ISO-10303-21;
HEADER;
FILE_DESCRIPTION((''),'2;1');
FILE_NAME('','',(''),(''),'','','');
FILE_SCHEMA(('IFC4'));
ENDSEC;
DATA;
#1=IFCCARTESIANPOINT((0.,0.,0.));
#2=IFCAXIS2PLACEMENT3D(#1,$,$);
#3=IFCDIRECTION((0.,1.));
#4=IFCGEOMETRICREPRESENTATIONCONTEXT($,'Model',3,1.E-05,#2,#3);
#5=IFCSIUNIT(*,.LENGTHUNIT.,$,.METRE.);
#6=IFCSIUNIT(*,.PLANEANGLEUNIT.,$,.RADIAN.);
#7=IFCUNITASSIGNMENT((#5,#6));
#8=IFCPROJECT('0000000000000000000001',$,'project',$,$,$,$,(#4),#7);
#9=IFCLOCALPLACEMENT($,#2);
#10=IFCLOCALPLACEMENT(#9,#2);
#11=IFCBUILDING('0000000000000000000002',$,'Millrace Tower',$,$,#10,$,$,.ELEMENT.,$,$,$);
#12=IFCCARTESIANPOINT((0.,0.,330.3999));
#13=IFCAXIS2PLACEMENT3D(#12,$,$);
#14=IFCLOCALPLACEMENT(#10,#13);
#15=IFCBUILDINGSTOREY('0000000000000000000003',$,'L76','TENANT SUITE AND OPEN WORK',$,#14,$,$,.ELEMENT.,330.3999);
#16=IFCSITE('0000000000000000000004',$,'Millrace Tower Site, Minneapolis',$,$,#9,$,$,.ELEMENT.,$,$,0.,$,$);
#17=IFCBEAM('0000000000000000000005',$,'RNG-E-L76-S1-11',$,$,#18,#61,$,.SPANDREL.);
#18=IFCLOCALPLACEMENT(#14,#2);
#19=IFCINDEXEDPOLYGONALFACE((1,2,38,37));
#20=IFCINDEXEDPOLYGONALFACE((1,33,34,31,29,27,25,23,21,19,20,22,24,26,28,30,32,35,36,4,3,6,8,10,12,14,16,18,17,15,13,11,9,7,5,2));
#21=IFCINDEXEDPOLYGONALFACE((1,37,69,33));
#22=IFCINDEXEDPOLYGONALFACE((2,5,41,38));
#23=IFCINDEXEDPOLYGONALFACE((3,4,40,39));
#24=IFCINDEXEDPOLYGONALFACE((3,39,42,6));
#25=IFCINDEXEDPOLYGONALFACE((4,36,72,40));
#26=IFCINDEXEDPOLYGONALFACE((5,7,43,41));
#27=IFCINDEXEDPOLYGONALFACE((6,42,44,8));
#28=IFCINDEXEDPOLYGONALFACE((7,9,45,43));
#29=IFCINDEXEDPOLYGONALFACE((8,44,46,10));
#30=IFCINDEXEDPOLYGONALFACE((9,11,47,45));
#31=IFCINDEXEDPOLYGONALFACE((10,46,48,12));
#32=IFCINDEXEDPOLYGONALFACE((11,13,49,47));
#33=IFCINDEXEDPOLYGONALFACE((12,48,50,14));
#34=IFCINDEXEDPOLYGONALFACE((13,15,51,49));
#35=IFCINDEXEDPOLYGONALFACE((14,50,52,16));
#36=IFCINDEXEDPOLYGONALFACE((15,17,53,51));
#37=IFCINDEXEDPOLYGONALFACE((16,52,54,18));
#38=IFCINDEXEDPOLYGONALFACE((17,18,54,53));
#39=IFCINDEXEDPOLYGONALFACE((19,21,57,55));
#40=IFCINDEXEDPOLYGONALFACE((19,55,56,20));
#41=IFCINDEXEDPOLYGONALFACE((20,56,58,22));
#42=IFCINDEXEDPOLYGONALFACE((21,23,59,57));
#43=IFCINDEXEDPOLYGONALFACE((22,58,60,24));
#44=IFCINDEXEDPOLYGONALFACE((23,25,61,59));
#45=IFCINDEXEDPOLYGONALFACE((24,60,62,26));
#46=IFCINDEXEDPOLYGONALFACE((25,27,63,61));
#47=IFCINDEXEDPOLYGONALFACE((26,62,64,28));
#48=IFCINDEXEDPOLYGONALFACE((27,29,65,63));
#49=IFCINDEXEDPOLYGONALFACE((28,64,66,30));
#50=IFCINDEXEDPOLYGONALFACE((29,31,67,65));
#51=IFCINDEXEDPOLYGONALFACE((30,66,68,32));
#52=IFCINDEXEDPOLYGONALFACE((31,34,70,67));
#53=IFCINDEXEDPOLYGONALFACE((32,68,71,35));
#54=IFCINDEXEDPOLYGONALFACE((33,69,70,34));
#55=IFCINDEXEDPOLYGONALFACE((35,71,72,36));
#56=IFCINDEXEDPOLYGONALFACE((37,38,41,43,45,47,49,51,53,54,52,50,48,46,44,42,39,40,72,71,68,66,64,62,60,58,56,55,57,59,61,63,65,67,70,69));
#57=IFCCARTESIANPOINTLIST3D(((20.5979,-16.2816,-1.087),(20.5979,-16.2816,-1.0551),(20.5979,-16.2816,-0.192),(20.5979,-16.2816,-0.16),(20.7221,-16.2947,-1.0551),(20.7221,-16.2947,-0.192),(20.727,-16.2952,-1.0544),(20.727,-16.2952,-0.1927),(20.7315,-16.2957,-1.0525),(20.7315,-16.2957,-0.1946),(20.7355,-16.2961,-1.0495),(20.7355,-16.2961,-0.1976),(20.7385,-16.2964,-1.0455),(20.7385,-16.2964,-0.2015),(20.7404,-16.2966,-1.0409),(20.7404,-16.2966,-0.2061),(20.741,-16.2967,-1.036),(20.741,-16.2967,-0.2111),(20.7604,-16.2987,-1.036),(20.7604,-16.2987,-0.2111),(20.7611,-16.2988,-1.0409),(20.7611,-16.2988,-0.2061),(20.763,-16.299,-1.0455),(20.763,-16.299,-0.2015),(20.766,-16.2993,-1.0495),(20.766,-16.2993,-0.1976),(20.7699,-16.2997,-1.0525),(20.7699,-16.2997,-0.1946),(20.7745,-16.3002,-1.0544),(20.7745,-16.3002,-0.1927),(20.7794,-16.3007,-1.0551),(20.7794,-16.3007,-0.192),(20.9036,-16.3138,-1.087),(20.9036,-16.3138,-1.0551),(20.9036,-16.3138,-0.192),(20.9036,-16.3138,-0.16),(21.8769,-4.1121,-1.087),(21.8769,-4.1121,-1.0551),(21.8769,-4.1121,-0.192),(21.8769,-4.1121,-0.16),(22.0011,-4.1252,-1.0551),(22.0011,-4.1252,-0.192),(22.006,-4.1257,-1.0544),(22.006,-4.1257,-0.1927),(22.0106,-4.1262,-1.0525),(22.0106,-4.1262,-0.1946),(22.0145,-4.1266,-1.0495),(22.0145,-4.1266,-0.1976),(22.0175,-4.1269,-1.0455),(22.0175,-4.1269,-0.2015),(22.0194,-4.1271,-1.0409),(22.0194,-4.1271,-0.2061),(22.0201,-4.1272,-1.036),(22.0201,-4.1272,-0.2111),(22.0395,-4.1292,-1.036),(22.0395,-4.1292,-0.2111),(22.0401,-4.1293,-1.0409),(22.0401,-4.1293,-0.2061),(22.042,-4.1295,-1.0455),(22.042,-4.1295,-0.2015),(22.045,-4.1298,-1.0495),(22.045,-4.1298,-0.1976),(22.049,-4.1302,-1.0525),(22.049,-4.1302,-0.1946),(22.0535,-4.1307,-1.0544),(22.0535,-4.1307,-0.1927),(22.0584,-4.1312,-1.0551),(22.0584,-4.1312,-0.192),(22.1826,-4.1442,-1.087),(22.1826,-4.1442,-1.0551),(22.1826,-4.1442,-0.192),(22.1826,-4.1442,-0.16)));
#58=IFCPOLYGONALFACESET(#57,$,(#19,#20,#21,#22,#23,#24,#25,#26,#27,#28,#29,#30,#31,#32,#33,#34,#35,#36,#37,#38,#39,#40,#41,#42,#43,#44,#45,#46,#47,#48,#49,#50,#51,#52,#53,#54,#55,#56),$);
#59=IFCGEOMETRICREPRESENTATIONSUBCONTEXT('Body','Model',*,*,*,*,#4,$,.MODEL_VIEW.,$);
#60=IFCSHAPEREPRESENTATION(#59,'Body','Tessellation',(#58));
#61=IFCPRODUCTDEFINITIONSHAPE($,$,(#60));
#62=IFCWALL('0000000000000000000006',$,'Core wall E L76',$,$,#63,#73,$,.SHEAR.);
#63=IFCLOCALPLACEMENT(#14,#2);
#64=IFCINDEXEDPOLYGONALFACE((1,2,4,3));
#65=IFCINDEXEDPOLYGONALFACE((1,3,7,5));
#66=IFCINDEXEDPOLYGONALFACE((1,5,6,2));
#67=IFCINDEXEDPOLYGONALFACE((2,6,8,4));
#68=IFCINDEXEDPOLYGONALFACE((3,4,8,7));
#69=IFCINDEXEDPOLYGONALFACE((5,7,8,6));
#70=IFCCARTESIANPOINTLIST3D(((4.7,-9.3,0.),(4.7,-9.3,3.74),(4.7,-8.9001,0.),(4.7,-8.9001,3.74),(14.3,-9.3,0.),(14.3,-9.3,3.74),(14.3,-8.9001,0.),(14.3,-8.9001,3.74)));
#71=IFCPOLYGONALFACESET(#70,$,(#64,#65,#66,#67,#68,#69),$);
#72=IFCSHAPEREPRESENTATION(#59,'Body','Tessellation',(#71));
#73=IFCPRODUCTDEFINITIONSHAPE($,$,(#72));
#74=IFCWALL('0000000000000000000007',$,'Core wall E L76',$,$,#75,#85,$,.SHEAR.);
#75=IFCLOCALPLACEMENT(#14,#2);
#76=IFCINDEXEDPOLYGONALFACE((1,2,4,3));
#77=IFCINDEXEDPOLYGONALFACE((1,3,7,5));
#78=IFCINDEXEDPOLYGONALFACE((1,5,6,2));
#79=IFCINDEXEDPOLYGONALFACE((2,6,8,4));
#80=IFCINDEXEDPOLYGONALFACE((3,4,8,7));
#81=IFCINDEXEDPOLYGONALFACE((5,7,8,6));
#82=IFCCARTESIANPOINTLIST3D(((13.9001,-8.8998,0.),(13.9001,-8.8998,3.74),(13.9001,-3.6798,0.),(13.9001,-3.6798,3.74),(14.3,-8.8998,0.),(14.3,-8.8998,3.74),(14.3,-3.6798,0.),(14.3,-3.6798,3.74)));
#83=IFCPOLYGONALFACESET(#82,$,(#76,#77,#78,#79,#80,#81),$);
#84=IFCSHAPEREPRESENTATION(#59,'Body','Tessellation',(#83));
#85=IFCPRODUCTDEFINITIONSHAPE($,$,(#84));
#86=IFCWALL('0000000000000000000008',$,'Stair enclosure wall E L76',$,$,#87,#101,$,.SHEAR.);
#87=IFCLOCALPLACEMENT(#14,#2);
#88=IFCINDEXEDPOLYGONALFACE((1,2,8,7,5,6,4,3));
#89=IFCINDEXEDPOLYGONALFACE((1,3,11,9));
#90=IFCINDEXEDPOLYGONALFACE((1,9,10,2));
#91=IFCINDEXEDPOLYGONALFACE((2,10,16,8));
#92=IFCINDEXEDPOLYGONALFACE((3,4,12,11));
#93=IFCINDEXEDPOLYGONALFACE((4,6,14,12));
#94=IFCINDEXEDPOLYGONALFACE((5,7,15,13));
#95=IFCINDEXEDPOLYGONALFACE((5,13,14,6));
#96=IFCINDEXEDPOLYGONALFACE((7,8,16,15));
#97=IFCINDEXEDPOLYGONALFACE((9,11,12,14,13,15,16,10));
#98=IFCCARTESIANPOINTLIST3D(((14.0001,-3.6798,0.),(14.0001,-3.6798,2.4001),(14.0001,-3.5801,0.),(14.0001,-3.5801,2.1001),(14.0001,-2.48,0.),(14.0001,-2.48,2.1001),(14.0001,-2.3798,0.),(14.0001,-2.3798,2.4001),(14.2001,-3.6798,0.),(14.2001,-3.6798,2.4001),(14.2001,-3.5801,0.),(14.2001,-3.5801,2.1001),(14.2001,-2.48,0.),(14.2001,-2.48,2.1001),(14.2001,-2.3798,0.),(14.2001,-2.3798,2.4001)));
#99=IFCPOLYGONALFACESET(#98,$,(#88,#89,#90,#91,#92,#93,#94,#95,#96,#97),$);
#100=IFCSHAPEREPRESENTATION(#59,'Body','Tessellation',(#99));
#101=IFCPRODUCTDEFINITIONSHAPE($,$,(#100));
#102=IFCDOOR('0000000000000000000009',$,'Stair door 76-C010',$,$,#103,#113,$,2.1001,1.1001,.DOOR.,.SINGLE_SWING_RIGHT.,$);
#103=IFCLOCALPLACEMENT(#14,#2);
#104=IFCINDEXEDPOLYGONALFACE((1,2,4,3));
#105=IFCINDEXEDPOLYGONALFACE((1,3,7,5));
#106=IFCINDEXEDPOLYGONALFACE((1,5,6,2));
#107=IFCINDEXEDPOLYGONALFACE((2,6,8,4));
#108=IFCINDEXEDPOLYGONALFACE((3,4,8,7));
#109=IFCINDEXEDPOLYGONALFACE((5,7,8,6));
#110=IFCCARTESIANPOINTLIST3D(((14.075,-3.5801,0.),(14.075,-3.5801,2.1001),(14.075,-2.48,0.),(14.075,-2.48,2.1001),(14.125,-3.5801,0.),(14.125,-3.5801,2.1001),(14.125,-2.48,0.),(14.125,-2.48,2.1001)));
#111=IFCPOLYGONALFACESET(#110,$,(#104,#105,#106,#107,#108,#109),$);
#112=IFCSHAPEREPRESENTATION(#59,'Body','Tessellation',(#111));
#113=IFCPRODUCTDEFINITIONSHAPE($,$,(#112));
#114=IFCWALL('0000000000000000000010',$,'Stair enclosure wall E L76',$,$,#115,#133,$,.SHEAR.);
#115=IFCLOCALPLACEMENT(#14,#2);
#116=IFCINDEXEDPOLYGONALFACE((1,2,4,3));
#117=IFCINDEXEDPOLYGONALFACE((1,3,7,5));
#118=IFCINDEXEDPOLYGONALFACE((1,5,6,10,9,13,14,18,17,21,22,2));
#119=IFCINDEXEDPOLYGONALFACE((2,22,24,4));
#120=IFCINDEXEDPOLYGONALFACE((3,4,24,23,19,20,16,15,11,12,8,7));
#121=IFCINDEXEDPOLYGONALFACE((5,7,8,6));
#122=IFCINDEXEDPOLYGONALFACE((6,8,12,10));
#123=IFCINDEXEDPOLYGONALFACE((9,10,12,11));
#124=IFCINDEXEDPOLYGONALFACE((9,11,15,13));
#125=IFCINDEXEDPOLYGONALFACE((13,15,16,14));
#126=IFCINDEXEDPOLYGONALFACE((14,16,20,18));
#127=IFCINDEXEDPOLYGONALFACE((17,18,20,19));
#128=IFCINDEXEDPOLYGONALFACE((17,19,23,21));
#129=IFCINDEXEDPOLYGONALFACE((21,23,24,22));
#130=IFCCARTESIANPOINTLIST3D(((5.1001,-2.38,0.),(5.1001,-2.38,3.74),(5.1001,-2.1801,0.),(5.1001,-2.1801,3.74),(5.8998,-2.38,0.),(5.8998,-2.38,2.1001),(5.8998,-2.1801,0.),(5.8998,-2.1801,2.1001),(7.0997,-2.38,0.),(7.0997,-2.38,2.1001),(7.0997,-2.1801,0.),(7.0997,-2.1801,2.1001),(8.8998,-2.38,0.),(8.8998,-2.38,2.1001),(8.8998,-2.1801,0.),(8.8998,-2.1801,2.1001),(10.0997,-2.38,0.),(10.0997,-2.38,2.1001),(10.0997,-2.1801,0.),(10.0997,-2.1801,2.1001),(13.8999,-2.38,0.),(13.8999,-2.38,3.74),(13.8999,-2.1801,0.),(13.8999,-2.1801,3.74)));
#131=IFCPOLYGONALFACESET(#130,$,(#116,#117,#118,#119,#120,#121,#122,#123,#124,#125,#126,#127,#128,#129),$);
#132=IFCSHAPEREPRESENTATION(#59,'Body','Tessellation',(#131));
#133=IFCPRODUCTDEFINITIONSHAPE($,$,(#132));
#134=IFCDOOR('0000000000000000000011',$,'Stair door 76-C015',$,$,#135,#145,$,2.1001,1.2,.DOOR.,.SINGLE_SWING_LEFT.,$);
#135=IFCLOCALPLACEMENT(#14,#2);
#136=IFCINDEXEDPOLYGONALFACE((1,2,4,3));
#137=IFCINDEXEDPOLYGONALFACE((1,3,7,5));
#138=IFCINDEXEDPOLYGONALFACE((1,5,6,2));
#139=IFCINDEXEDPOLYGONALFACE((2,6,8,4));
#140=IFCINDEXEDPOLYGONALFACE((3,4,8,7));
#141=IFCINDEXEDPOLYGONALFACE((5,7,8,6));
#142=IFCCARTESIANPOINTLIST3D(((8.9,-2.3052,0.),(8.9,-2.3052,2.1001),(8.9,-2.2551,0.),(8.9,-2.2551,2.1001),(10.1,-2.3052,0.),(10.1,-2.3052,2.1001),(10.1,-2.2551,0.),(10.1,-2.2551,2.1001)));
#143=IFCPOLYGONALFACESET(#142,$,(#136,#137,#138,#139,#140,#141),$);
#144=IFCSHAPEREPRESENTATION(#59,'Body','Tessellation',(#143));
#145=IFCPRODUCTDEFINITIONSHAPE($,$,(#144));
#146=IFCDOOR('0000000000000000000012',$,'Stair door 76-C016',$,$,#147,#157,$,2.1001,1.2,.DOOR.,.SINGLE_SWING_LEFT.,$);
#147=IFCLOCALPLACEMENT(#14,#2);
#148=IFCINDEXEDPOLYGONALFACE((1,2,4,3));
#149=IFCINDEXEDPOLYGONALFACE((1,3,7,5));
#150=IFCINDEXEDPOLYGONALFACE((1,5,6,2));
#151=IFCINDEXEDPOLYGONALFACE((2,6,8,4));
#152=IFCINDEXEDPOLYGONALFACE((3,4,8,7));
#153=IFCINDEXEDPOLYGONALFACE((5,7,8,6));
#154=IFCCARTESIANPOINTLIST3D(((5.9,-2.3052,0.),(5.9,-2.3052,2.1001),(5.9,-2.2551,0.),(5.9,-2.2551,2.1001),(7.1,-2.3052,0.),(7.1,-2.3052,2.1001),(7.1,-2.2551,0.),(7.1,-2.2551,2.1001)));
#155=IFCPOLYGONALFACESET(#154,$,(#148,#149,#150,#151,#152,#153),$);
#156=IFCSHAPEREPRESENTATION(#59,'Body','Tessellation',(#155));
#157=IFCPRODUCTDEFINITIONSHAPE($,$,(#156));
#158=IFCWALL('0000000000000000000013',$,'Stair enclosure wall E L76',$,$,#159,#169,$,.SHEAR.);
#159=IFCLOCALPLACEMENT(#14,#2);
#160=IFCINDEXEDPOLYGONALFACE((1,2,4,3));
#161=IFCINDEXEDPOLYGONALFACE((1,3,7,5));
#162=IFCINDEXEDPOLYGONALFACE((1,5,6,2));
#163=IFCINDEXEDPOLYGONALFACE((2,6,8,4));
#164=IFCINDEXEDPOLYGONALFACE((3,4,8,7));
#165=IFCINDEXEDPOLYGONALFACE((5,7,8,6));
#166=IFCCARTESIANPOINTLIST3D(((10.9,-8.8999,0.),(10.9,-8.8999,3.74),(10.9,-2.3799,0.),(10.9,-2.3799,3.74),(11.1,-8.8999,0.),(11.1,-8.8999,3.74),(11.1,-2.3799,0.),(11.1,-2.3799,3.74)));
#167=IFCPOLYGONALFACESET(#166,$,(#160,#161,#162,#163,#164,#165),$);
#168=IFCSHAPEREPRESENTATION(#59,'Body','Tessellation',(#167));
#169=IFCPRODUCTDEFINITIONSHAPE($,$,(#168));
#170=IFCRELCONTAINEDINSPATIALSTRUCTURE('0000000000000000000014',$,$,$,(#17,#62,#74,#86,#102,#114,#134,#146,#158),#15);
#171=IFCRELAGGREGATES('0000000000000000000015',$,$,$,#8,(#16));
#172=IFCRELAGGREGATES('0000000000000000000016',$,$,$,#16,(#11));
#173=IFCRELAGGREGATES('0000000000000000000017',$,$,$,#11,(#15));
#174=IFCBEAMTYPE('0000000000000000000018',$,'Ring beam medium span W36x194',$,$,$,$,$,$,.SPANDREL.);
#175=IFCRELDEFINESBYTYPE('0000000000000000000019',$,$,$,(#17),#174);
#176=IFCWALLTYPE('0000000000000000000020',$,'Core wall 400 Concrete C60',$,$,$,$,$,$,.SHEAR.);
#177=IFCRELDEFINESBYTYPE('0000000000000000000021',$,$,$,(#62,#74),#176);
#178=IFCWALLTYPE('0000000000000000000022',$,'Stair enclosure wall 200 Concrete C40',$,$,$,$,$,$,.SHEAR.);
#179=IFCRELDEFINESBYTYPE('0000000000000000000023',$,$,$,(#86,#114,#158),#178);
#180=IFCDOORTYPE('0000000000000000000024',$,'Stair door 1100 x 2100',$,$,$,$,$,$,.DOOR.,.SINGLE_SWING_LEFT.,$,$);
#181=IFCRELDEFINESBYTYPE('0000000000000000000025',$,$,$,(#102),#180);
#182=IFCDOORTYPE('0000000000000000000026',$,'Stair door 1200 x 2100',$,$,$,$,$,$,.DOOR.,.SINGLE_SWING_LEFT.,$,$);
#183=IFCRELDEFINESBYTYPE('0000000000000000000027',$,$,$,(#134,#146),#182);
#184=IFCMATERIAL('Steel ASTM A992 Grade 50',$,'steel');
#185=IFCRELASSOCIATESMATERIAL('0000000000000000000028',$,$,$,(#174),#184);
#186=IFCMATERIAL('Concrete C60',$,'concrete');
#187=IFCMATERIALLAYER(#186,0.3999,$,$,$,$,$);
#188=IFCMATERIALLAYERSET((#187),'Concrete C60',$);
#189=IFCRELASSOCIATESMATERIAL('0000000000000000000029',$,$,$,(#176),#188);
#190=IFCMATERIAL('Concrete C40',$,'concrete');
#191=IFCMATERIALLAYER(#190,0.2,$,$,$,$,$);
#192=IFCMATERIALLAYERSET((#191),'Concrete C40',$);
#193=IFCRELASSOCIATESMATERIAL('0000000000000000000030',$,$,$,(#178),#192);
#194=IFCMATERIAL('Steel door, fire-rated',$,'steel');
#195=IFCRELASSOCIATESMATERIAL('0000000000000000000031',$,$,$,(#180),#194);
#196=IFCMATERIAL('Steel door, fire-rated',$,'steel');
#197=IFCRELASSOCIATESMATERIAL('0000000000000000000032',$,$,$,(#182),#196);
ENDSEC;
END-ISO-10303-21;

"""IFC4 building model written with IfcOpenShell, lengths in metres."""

from ifc_helpers import new_model, si_unit, direction, frame, frame_2d, origin, origin_2d, place, context, subcontext, project, spatial, rectangle, i_section, extrude, material, layer, layer_set, material_profile, profile_set, type_object, element, fill, save


model = new_model("IFC4")

# Units and contexts
model_context = context("Model", 3, precision=1e-05, world=origin(), true_north=direction((0.0, 1.0)))
body_context = subcontext(model_context, "Body", "Model", "MODEL_VIEW")
ifc_project = project(units=[si_unit("LENGTHUNIT", "METRE"), si_unit("PLANEANGLEUNIT", "RADIAN")], contexts=[model_context])

# Site, building, storey
site_placement = place(None, origin())
site = spatial("IfcSite", under=ifc_project, at=site_placement, Name="Millrace Tower Site, Minneapolis", CompositionType="ELEMENT", RefElevation=0.0)
building_placement = place(site_placement, origin())
building = spatial("IfcBuilding", under=site, at=building_placement, Name="Millrace Tower", CompositionType="ELEMENT")
storey_placement = place(building_placement, frame((0.0, 0.0, 330.3999)))
storey = spatial("IfcBuildingStorey", under=building, at=storey_placement, Name="L76", Description="TENANT SUITE AND OPEN WORK", CompositionType="ELEMENT", Elevation=330.3999)

# Beam
ifc_material_1 = material(Name="Steel ASTM A992 Grade 50", Category="steel")
ifc_material_profile_1 = material_profile(ifc_material_1, i_section(OverallWidth=0.3074, OverallDepth=0.927, WebThickness=0.0195, FlangeThickness=0.032, FilletRadius=0.019, at=origin_2d()))
ifc_profile_set_1 = profile_set([ifc_material_profile_1], Name="Steel ASTM A992 Grade 50")
beam_type_1 = type_object("IfcBeamType", Name="Ring beam medium span W36x194", PredefinedType="SPANDREL", material=ifc_profile_set_1)
beam_1_placement = place(storey_placement, frame((22.0298, -4.1282, -0.6235), z_axis=(-0.104528, -0.994522, 0.0), x_axis=(0.994522, -0.104528, 0.0)))
element("IfcBeam", 1, at=beam_1_placement, inside=storey, type_object=beam_type_1, Name="RNG-E-L76-S1-11", PredefinedType="SPANDREL", context=body_context, shape_type="SweptSolid", body=[
    extrude(i_section(OverallWidth=0.3074, OverallDepth=0.927, WebThickness=0.0195, FlangeThickness=0.032, FilletRadius=0.019, at=origin_2d()), origin(), (0.0, 0.0, 1.0), 12.2366),
])

# Walls
ifc_material_2 = material(Name="Concrete C60", Category="concrete")
ifc_layer_1 = layer(ifc_material_2, 0.3999)
ifc_layer_set_1 = layer_set([ifc_layer_1], Name="Concrete C60")
wall_type_1 = type_object("IfcWallType", Name="Core wall 400 Concrete C60", PredefinedType="SHEAR", material=ifc_layer_set_1)
wall_1_placement = place(storey_placement, frame((14.3, -9.1001, 0.0), z_axis=(0.0, 0.0, 1.0), x_axis=(-1.0, 0.0, 0.0)))
element("IfcWall", 2, at=wall_1_placement, inside=storey, type_object=wall_type_1, Name="Core wall E L76", PredefinedType="SHEAR", context=body_context, shape_type="SweptSolid", body=[
    extrude(rectangle(XDim=9.6001, YDim=0.3999, at=frame_2d((4.8, 0.0))), origin(), (0.0, 0.0, 1.0), 3.74),
])
wall_2_placement = place(storey_placement, frame((14.1001, -3.6799, 0.0), z_axis=(0.0, 0.0, 1.0), x_axis=(0.0, -1.0, 0.0)))
element("IfcWall", 3, at=wall_2_placement, inside=storey, type_object=wall_type_1, Name="Core wall E L76", PredefinedType="SHEAR", context=body_context, shape_type="SweptSolid", body=[
    extrude(rectangle(XDim=5.22, YDim=0.3999, at=frame_2d((2.6099, 0.0))), origin(), (0.0, 0.0, 1.0), 3.74),
])

# Wall, opening, door
ifc_material_3 = material(Name="Concrete C40", Category="concrete")
ifc_layer_2 = layer(ifc_material_3, 0.2)
ifc_layer_set_2 = layer_set([ifc_layer_2], Name="Concrete C40")
wall_type_2 = type_object("IfcWallType", Name="Stair enclosure wall 200 Concrete C40", PredefinedType="SHEAR", material=ifc_layer_set_2)
wall_3_placement = place(storey_placement, frame((14.1001, -2.3799, 0.0), z_axis=(0.0, 0.0, 1.0), x_axis=(0.0, -1.0, 0.0)))
wall_3 = element("IfcWall", 4, at=wall_3_placement, inside=storey, type_object=wall_type_2, Name="Stair enclosure wall E L76", PredefinedType="SHEAR", context=body_context, shape_type="SweptSolid", body=[
    extrude(rectangle(XDim=1.3, YDim=0.2, at=frame_2d((0.6499, 0.0))), origin(), (0.0, 0.0, 1.0), 2.4001),
])
opening_1_placement = place(wall_3_placement, frame((0.1001, 0.0, 0.0)))
opening_1 = element("IfcOpeningElement", 5, at=opening_1_placement, cuts=wall_3, PredefinedType="OPENING", context=body_context, shape_type="SweptSolid", body=[
    extrude(rectangle(XDim=1.1001, YDim=2.1001, at=frame_2d((0.55, 1.05))), frame((0.0, 0.1099, 0.0), z_axis=(0.0, -1.0, 0.0), x_axis=(1.0, 0.0, 0.0)), (0.0, 0.0, 1.0), 0.22),
])
ifc_material_4 = material(Name="Steel door, fire-rated", Category="steel")
door_type_1 = type_object("IfcDoorType", Name="Stair door 1100 x 2100", OperationType="SINGLE_SWING_LEFT", PredefinedType="DOOR", material=ifc_material_4)
door_1_placement = place(opening_1_placement, origin())
door_1 = element("IfcDoor", 6, at=door_1_placement, inside=storey, type_object=door_type_1, Name="Stair door 76-C010", OperationType="SINGLE_SWING_RIGHT", OverallHeight=2.1001, OverallWidth=1.1001, PredefinedType="DOOR", context=body_context, shape_type="SweptSolid", body=[
    extrude(rectangle(XDim=1.1001, YDim=2.1001, at=frame_2d((0.55, 1.05))), frame((0.0, 0.0249, 0.0), z_axis=(0.0, -1.0, 0.0), x_axis=(1.0, 0.0, 0.0)), (0.0, 0.0, 1.0), 0.05),
])
fill(opening_1, door_1)

# Wall, openings, doors
wall_4_placement = place(storey_placement, frame((13.8999, -2.28, 0.0), z_axis=(0.0, 0.0, 1.0), x_axis=(-1.0, 0.0, 0.0)))
wall_4 = element("IfcWall", 7, at=wall_4_placement, inside=storey, type_object=wall_type_2, Name="Stair enclosure wall E L76", PredefinedType="SHEAR", context=body_context, shape_type="SweptSolid", body=[
    extrude(rectangle(XDim=8.7998, YDim=0.2, at=frame_2d((4.3999, 0.0))), origin(), (0.0, 0.0, 1.0), 3.74),
])
opening_2_placement = place(wall_4_placement, frame((3.8, 0.0, 0.0)))
opening_2 = element("IfcOpeningElement", 8, at=opening_2_placement, cuts=wall_4, PredefinedType="OPENING", context=body_context, shape_type="SweptSolid", body=[
    extrude(rectangle(XDim=1.2, YDim=2.1001, at=frame_2d((0.6001, 1.05))), frame((0.0, 0.1099, 0.0), z_axis=(0.0, -1.0, 0.0), x_axis=(1.0, 0.0, 0.0)), (0.0, 0.0, 1.0), 0.22),
])
opening_3_placement = place(wall_4_placement, frame((6.8, 0.0, 0.0)))
opening_3 = element("IfcOpeningElement", 9, at=opening_3_placement, cuts=wall_4, PredefinedType="OPENING", context=body_context, shape_type="SweptSolid", body=[
    extrude(rectangle(XDim=1.2, YDim=2.1001, at=frame_2d((0.6001, 1.05))), frame((0.0, 0.1099, 0.0), z_axis=(0.0, -1.0, 0.0), x_axis=(1.0, 0.0, 0.0)), (0.0, 0.0, 1.0), 0.22),
])
ifc_material_5 = material(Name="Steel door, fire-rated", Category="steel")
door_type_2 = type_object("IfcDoorType", Name="Stair door 1200 x 2100", OperationType="SINGLE_SWING_LEFT", PredefinedType="DOOR", material=ifc_material_5)
door_2_placement = place(opening_2_placement, frame((1.2, 0.0, 0.0), z_axis=(0.0, 0.0, 1.0), x_axis=(-1.0, 0.0, 0.0)))
door_2 = element("IfcDoor", 10, at=door_2_placement, inside=storey, type_object=door_type_2, Name="Stair door 76-C015", OperationType="SINGLE_SWING_LEFT", OverallHeight=2.1001, OverallWidth=1.2, PredefinedType="DOOR", context=body_context, shape_type="SweptSolid", body=[
    extrude(rectangle(XDim=1.2, YDim=2.1001, at=frame_2d((0.6001, 1.05))), frame((0.0, 0.0249, 0.0), z_axis=(0.0, -1.0, 0.0), x_axis=(1.0, 0.0, 0.0)), (0.0, 0.0, 1.0), 0.05),
])
fill(opening_2, door_2)
door_3_placement = place(opening_3_placement, frame((1.2, 0.0, 0.0), z_axis=(0.0, 0.0, 1.0), x_axis=(-1.0, 0.0, 0.0)))
door_3 = element("IfcDoor", 11, at=door_3_placement, inside=storey, type_object=door_type_2, Name="Stair door 76-C016", OperationType="SINGLE_SWING_LEFT", OverallHeight=2.1001, OverallWidth=1.2, PredefinedType="DOOR", context=body_context, shape_type="SweptSolid", body=[
    extrude(rectangle(XDim=1.2, YDim=2.1001, at=frame_2d((0.6001, 1.05))), frame((0.0, 0.0249, 0.0), z_axis=(0.0, -1.0, 0.0), x_axis=(1.0, 0.0, 0.0)), (0.0, 0.0, 1.0), 0.05),
])
fill(opening_3, door_3)

# Wall
wall_5_placement = place(storey_placement, frame((11.0, -2.3799, 0.0), z_axis=(0.0, 0.0, 1.0), x_axis=(0.0, -1.0, 0.0)))
element("IfcWall", 12, at=wall_5_placement, inside=storey, type_object=wall_type_2, Name="Stair enclosure wall E L76", PredefinedType="SHEAR", context=body_context, shape_type="SweptSolid", body=[
    extrude(rectangle(XDim=6.52, YDim=0.2, at=frame_2d((3.26, 0.0))), origin(), (0.0, 0.0, 1.0), 3.74),
])

save(model, "model.ifc")
